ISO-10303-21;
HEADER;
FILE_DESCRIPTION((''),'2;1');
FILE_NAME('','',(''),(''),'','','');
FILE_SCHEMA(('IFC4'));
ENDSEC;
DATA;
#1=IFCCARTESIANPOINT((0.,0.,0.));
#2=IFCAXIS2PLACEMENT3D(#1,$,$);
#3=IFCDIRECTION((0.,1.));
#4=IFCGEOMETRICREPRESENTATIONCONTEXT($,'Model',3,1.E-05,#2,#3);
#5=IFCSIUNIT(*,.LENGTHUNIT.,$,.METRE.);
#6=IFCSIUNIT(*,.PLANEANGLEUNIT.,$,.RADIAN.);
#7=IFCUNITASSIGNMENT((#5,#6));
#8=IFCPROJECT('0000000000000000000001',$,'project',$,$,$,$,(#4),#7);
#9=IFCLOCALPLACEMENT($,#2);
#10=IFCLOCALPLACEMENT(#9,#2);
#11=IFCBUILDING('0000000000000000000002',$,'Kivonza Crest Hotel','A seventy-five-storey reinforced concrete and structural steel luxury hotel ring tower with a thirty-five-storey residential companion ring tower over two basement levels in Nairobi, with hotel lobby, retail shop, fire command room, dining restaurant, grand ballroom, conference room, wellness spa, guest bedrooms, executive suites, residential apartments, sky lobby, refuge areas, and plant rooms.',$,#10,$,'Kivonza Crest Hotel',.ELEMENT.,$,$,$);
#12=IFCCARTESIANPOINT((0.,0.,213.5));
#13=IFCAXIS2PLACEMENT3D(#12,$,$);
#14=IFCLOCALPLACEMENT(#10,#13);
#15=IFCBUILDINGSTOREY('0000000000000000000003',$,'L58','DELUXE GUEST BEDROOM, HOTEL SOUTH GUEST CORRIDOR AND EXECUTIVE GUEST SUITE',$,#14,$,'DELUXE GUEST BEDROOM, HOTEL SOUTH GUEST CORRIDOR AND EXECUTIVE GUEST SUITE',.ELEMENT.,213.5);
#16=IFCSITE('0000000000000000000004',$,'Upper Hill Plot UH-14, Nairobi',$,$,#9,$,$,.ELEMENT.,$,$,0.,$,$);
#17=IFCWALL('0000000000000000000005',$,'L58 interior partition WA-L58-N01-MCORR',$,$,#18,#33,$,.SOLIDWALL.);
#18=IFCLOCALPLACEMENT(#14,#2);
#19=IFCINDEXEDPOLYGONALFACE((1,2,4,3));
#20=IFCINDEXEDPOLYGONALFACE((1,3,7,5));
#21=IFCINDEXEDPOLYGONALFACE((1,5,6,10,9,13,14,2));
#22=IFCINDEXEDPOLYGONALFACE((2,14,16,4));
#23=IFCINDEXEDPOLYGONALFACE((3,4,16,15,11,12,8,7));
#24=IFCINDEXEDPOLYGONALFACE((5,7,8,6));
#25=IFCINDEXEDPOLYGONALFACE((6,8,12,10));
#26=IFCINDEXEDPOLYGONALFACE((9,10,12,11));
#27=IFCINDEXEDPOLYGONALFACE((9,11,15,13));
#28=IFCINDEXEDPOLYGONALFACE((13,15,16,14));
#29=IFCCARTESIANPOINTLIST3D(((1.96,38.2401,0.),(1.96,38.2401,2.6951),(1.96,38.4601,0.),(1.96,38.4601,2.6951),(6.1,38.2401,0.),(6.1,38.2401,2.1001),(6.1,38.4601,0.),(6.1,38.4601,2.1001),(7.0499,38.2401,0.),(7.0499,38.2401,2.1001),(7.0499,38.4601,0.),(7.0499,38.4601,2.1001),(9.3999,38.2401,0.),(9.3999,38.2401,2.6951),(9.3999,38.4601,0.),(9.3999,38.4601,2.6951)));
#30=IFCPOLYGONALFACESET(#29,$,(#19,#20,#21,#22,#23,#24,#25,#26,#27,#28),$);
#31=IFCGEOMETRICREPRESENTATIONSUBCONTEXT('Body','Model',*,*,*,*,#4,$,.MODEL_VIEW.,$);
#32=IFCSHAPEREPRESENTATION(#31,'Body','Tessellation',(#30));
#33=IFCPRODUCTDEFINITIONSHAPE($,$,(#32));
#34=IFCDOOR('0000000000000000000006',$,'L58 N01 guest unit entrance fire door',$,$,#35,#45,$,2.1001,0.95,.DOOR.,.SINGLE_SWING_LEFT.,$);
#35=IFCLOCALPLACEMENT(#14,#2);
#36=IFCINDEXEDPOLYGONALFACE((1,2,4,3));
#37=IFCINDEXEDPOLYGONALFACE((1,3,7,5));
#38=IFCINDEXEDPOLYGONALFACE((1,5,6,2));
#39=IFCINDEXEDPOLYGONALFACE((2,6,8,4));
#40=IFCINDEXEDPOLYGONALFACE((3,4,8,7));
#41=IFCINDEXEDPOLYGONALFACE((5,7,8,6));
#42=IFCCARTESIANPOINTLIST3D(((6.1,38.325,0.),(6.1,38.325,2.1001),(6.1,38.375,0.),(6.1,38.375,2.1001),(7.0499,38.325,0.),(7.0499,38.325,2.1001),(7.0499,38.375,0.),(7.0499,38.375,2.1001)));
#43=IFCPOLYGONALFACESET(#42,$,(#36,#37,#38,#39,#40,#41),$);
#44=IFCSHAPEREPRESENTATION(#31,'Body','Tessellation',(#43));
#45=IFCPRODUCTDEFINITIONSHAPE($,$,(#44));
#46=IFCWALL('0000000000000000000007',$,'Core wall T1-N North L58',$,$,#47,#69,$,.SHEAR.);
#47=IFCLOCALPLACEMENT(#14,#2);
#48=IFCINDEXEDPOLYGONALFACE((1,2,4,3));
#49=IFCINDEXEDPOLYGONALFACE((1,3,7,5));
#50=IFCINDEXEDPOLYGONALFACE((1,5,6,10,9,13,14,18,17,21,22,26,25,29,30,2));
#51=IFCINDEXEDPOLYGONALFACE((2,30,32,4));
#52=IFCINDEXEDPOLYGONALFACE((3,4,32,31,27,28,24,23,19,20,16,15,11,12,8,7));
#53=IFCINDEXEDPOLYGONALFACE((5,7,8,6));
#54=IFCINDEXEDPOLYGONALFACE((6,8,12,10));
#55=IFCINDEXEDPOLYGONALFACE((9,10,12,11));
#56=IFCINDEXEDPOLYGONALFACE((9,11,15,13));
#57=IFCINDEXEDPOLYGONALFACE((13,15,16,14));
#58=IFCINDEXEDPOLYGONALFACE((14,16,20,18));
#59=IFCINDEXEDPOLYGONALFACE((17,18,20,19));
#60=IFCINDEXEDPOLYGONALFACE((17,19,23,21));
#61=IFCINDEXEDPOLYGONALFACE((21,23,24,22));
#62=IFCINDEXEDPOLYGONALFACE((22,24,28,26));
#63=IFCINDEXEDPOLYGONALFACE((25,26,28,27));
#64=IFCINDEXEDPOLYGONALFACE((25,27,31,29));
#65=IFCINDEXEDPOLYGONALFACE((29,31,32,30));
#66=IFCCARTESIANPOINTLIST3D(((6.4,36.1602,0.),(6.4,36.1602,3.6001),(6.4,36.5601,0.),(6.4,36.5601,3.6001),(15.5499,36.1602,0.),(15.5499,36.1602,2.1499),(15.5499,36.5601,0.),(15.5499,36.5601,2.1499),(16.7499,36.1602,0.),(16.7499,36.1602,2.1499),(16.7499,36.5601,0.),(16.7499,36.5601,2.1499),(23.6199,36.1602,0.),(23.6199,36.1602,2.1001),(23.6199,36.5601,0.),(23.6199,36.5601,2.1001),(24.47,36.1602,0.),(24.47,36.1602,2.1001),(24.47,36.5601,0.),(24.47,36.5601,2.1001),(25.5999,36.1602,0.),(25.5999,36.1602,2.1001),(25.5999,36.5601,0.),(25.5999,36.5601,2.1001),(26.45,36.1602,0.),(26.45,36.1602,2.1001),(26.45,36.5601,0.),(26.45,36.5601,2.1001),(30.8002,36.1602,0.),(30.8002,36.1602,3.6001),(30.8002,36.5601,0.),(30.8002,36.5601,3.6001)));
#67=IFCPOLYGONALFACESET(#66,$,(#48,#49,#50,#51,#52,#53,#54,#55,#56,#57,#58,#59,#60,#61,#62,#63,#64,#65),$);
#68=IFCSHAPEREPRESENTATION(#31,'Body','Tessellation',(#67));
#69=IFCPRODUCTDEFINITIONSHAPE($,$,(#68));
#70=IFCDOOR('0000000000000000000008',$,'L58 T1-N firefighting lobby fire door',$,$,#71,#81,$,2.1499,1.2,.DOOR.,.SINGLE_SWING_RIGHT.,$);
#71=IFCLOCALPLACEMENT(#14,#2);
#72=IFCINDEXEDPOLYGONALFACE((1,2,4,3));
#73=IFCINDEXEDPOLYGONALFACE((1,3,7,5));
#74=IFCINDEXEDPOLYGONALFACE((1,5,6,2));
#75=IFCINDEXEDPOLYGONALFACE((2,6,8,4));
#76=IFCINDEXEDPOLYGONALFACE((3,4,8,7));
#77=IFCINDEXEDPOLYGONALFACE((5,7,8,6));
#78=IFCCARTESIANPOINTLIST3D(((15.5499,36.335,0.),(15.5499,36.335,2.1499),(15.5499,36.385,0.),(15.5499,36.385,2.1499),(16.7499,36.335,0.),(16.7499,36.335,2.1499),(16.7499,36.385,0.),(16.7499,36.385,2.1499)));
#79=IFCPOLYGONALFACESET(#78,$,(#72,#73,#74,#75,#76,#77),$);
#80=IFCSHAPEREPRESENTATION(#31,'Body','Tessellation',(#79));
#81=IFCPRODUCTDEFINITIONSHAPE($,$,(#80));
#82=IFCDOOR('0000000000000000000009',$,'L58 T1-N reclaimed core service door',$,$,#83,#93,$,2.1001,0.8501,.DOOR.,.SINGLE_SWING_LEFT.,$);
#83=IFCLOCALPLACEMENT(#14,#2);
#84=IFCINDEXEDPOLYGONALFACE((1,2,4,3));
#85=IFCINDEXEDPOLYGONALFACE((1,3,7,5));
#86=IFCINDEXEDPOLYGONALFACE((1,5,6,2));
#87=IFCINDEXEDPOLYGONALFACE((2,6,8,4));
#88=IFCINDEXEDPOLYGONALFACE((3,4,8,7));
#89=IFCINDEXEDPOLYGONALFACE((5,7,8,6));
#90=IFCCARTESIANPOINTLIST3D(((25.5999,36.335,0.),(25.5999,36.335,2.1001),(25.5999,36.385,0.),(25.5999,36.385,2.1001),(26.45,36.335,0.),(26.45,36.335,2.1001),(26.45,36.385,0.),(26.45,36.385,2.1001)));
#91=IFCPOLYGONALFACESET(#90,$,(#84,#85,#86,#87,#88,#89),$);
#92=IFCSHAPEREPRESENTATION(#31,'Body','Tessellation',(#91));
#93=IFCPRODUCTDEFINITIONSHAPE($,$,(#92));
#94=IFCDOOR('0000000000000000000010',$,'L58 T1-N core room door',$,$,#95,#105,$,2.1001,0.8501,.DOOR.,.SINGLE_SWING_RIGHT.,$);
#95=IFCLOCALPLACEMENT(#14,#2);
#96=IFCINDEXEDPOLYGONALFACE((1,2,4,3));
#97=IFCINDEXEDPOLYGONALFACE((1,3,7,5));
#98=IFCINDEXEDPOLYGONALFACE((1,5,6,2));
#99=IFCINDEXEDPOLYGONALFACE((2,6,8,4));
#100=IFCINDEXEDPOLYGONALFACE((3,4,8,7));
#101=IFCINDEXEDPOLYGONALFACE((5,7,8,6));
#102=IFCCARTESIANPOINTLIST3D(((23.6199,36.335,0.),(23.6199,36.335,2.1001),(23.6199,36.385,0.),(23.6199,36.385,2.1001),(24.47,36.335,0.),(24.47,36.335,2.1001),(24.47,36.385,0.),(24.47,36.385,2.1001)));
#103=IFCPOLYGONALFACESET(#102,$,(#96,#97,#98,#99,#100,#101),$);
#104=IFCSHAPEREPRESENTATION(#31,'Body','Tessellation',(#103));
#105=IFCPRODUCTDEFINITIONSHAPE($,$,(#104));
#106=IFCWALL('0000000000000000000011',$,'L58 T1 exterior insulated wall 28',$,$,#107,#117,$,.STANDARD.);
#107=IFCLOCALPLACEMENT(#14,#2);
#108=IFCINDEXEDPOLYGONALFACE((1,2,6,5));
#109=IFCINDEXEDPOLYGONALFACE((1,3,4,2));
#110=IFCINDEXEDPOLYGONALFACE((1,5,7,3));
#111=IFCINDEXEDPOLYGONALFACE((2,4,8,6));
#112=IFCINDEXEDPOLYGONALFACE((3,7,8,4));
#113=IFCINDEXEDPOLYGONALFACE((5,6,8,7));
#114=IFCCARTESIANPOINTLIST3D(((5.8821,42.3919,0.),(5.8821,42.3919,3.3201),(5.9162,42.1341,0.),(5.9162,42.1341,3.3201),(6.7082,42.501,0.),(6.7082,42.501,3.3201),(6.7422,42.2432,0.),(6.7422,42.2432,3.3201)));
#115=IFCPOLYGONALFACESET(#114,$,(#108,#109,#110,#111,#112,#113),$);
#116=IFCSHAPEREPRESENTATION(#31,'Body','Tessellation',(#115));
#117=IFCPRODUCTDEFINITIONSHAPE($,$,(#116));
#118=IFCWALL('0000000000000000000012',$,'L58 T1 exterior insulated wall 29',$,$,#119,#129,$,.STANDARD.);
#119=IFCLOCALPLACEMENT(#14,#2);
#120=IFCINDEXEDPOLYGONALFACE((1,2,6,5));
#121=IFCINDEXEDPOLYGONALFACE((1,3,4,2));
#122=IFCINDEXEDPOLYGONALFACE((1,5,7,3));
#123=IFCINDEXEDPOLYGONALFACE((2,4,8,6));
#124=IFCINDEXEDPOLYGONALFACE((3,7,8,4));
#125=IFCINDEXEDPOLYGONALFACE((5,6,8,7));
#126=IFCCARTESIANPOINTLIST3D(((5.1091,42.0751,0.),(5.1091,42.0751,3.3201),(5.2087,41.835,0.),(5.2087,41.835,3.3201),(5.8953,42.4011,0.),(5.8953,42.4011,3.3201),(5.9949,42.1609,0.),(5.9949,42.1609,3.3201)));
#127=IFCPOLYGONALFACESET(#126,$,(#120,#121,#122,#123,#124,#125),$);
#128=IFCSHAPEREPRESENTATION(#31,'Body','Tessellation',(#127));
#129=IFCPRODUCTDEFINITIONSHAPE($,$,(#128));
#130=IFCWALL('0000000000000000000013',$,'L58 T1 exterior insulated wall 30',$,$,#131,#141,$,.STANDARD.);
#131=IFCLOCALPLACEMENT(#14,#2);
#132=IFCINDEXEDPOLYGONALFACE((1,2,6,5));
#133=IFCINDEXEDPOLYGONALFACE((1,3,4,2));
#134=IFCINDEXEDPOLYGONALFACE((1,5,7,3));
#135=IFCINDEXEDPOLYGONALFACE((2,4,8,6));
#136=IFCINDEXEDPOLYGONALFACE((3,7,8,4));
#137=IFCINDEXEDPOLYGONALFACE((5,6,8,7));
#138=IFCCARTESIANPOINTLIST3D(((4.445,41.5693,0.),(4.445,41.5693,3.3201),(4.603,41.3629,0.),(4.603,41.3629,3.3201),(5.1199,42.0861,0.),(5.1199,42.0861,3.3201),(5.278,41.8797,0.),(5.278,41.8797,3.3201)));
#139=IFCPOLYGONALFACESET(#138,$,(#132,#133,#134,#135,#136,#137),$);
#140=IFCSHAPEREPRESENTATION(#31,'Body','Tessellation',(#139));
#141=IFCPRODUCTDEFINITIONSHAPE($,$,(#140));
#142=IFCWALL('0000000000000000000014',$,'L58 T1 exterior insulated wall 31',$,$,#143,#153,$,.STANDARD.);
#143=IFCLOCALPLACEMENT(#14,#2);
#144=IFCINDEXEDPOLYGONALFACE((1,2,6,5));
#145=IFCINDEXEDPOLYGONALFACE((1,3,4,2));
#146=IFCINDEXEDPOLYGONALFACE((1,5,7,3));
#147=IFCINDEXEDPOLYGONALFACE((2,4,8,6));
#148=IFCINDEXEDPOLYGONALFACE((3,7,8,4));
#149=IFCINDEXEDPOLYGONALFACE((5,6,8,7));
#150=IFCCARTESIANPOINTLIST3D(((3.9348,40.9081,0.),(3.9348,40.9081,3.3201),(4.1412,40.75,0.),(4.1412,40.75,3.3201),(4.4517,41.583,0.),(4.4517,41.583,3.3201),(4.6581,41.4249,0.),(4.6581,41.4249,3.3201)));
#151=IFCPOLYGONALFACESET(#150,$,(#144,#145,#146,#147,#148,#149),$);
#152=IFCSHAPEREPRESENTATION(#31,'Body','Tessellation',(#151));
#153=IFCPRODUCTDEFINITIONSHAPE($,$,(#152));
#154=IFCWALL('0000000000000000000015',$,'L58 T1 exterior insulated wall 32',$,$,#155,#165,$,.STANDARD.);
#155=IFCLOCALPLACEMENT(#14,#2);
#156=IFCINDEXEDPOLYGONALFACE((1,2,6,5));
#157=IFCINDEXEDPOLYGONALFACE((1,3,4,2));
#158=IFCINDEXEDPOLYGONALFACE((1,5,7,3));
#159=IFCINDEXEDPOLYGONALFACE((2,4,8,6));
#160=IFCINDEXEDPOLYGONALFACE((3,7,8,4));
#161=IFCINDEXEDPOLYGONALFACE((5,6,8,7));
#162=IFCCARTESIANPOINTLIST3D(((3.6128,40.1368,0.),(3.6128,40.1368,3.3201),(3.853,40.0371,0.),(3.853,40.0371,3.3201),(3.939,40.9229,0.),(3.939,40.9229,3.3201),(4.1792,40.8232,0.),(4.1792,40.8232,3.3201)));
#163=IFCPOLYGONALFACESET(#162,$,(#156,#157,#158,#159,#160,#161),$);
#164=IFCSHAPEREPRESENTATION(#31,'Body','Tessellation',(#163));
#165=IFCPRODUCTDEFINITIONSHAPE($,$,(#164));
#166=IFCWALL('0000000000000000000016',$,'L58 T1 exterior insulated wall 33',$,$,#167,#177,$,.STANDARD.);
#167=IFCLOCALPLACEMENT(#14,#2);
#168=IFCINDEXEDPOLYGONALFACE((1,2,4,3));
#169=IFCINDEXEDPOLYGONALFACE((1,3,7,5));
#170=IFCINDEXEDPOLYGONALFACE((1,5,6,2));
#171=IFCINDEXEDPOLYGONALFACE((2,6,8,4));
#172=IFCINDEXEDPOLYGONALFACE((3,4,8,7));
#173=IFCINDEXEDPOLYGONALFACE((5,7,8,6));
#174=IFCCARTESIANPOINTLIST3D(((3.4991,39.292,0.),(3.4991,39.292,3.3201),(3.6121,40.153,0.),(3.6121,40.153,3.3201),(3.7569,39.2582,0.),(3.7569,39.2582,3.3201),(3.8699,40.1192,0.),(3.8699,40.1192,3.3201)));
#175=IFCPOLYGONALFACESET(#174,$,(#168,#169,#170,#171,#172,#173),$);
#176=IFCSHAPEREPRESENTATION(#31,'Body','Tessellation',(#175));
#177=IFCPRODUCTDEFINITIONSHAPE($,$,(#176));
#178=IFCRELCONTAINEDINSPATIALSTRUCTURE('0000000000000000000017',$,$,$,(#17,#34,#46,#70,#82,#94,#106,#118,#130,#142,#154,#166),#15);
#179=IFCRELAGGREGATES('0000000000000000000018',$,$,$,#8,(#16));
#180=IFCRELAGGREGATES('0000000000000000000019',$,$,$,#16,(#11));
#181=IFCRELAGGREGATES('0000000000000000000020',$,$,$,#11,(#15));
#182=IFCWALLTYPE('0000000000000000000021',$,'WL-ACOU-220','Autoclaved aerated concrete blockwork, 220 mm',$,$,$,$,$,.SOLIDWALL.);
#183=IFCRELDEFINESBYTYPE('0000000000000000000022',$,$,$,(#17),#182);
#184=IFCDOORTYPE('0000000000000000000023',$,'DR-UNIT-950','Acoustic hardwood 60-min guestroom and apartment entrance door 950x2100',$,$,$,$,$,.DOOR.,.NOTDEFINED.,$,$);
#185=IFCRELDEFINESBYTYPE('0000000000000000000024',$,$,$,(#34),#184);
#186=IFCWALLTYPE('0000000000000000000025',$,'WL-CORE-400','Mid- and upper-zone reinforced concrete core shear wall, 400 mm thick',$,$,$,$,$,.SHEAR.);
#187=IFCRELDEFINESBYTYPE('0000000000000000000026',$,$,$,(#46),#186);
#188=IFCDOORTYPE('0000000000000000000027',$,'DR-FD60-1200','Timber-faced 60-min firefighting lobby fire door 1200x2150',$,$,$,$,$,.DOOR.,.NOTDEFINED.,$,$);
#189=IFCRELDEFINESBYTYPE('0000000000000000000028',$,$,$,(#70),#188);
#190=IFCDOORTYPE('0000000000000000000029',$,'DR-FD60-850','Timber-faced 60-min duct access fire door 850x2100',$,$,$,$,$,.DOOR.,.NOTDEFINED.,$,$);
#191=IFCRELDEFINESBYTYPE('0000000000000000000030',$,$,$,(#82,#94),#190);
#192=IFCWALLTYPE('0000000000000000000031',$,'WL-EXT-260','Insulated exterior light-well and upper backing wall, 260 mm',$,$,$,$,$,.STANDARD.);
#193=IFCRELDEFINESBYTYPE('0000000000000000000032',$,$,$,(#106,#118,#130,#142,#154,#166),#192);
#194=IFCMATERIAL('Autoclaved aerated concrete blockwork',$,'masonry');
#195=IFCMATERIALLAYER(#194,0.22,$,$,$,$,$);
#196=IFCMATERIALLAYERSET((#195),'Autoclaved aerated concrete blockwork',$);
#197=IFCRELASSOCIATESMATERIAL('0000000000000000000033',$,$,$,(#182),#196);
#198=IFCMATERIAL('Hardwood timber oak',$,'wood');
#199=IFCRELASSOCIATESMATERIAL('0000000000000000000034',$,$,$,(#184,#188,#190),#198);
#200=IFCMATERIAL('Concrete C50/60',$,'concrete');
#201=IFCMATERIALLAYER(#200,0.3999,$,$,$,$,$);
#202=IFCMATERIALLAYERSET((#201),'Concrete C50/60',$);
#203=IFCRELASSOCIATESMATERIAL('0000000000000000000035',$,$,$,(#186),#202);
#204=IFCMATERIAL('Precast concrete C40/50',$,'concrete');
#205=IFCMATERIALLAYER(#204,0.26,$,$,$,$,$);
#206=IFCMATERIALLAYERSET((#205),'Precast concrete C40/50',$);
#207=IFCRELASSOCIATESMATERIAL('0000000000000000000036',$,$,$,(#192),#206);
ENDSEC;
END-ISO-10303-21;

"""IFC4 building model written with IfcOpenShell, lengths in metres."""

from ifc_helpers import new_model, si_unit, direction, frame, frame_2d, origin, place, context, subcontext, project, spatial, rectangle, extrude, material, layer, layer_set, type_object, element, fill, save


model = new_model("IFC4")

# Units and contexts
model_context = context("Model", 3, precision=1e-05, world=origin(), true_north=direction((0.0, 1.0)))
body_context = subcontext(model_context, "Body", "Model", "MODEL_VIEW")
ifc_project = project(units=[si_unit("LENGTHUNIT", "METRE"), si_unit("PLANEANGLEUNIT", "RADIAN")], contexts=[model_context])

# Site, building, storey
site_placement = place(None, origin())
site = spatial("IfcSite", under=ifc_project, at=site_placement, Name="Upper Hill Plot UH-14, Nairobi", CompositionType="ELEMENT", RefElevation=0.0)
building_placement = place(site_placement, origin())
building = spatial("IfcBuilding", under=site, at=building_placement, Name="Kivonza Crest Hotel", Description="A seventy-five-storey reinforced concrete and structural steel luxury hotel ring tower with a thirty-five-storey residential companion ring tower over two basement levels in Nairobi, with hotel lobby, retail shop, fire command room, dining restaurant, grand ballroom, conference room, wellness spa, guest bedrooms, executive suites, residential apartments, sky lobby, refuge areas, and plant rooms.", LongName="Kivonza Crest Hotel", CompositionType="ELEMENT")
storey_placement = place(building_placement, frame((0.0, 0.0, 213.5)))
storey = spatial("IfcBuildingStorey", under=building, at=storey_placement, Name="L58", Description="DELUXE GUEST BEDROOM, HOTEL SOUTH GUEST CORRIDOR AND EXECUTIVE GUEST SUITE", LongName="DELUXE GUEST BEDROOM, HOTEL SOUTH GUEST CORRIDOR AND EXECUTIVE GUEST SUITE", CompositionType="ELEMENT", Elevation=213.5)

# Shared definitions
ifc_material_1 = material(Name="Concrete C50/60", Category="concrete")

# Shared definitions
ifc_material_2 = material(Name="Autoclaved aerated concrete blockwork", Category="masonry")
ifc_layer_1 = layer(ifc_material_2, 0.22)
ifc_layer_set_1 = layer_set([ifc_layer_1], Name="Autoclaved aerated concrete blockwork")
wall_type_1 = type_object("IfcWallType", Name="WL-ACOU-220", Description="Autoclaved aerated concrete blockwork, 220 mm", PredefinedType="SOLIDWALL", material=ifc_layer_set_1)

# Wall, opening, door
wall_1_placement = place(storey_placement, frame((1.96, 38.3501, 0.0), z_axis=(0.0, 0.0, 1.0), x_axis=(1.0, 0.0, 0.0)))
wall_1 = element("IfcWall", 1, at=wall_1_placement, inside=storey, type_object=wall_type_1, Name="L58 interior partition WA-L58-N01-MCORR", PredefinedType="SOLIDWALL", context=body_context, shape_type="SweptSolid", body=[
    extrude(rectangle(XDim=7.4399, YDim=0.22, at=frame_2d((3.72, 0.0))), origin(), (0.0, 0.0, 1.0), 2.6951),
])
opening_1_placement = place(wall_1_placement, frame((4.1399, 0.0, 0.0)))
opening_1 = element("IfcOpeningElement", 2, at=opening_1_placement, cuts=wall_1, PredefinedType="OPENING", context=body_context, shape_type="SweptSolid", body=[
    extrude(rectangle(XDim=0.95, YDim=2.1001, at=frame_2d((0.4751, 1.05))), frame((0.0, 0.1201, 0.0), z_axis=(0.0, -1.0, 0.0), x_axis=(1.0, 0.0, 0.0)), (0.0, 0.0, 1.0), 0.24),
])
ifc_material_3 = material(Name="Hardwood timber oak", Category="wood")
door_type_1 = type_object("IfcDoorType", Name="DR-UNIT-950", Description="Acoustic hardwood 60-min guestroom and apartment entrance door 950x2100", OperationType="NOTDEFINED", PredefinedType="DOOR", material=ifc_material_3)
door_1_placement = place(opening_1_placement, origin())
door_1 = element("IfcDoor", 3, at=door_1_placement, inside=storey, type_object=door_type_1, Name="L58 N01 guest unit entrance fire door", OperationType="SINGLE_SWING_LEFT", OverallHeight=2.1001, OverallWidth=0.95, PredefinedType="DOOR", context=body_context, shape_type="SweptSolid", body=[
    extrude(rectangle(XDim=0.95, YDim=2.1001, at=frame_2d((0.4751, 1.05))), frame((0.0, 0.0249, 0.0), z_axis=(0.0, -1.0, 0.0), x_axis=(1.0, 0.0, 0.0)), (0.0, 0.0, 1.0), 0.05),
])
fill(opening_1, door_1)

# Wall, openings, doors
ifc_layer_2 = layer(ifc_material_1, 0.3999)
ifc_layer_set_2 = layer_set([ifc_layer_2], Name="Concrete C50/60")
wall_type_2 = type_object("IfcWallType", Name="WL-CORE-400", Description="Mid- and upper-zone reinforced concrete core shear wall, 400 mm thick", PredefinedType="SHEAR", material=ifc_layer_set_2)
wall_2_placement = place(storey_placement, frame((6.3999, 36.3601, 0.0), z_axis=(0.0, 0.0, 1.0), x_axis=(1.0, 0.0, 0.0)))
wall_2 = element("IfcWall", 4, at=wall_2_placement, inside=storey, type_object=wall_type_2, Name="Core wall T1-N North L58", PredefinedType="SHEAR", context=body_context, shape_type="SweptSolid", body=[
    extrude(rectangle(XDim=24.4001, YDim=0.3999, at=frame_2d((12.2002, 0.0))), origin(), (0.0, 0.0, 1.0), 3.6001),
])
opening_2_placement = place(wall_2_placement, frame((9.1499, 0.0, 0.0)))
opening_2 = element("IfcOpeningElement", 5, at=opening_2_placement, cuts=wall_2, PredefinedType="OPENING", context=body_context, shape_type="SweptSolid", body=[
    extrude(rectangle(XDim=1.2, YDim=2.1499, at=frame_2d((0.6001, 1.075))), frame((0.0, 0.21, 0.0), z_axis=(0.0, -1.0, 0.0), x_axis=(1.0, 0.0, 0.0)), (0.0, 0.0, 1.0), 0.4199),
])
opening_3_placement = place(wall_2_placement, frame((19.2, 0.0, 0.0)))
opening_3 = element("IfcOpeningElement", 6, at=opening_3_placement, cuts=wall_2, PredefinedType="OPENING", context=body_context, shape_type="SweptSolid", body=[
    extrude(rectangle(XDim=0.8501, YDim=2.1001, at=frame_2d((0.425, 1.05))), frame((0.0, 0.21, 0.0), z_axis=(0.0, -1.0, 0.0), x_axis=(1.0, 0.0, 0.0)), (0.0, 0.0, 1.0), 0.4199),
])
opening_4_placement = place(wall_2_placement, frame((17.22, 0.0, 0.0)))
opening_4 = element("IfcOpeningElement", 7, at=opening_4_placement, cuts=wall_2, PredefinedType="OPENING", context=body_context, shape_type="SweptSolid", body=[
    extrude(rectangle(XDim=0.8501, YDim=2.1001, at=frame_2d((0.425, 1.05))), frame((0.0, 0.21, 0.0), z_axis=(0.0, -1.0, 0.0), x_axis=(1.0, 0.0, 0.0)), (0.0, 0.0, 1.0), 0.4199),
])
door_type_2 = type_object("IfcDoorType", Name="DR-FD60-1200", Description="Timber-faced 60-min firefighting lobby fire door 1200x2150", OperationType="NOTDEFINED", PredefinedType="DOOR", material=ifc_material_3)
door_2_placement = place(opening_2_placement, origin())
door_2 = element("IfcDoor", 8, at=door_2_placement, inside=storey, type_object=door_type_2, Name="L58 T1-N firefighting lobby fire door", OperationType="SINGLE_SWING_RIGHT", OverallHeight=2.1499, OverallWidth=1.2, PredefinedType="DOOR", context=body_context, shape_type="SweptSolid", body=[
    extrude(rectangle(XDim=1.2, YDim=2.1499, at=frame_2d((0.6001, 1.075))), frame((0.0, 0.0249, 0.0), z_axis=(0.0, -1.0, 0.0), x_axis=(1.0, 0.0, 0.0)), (0.0, 0.0, 1.0), 0.05),
])
fill(opening_2, door_2)
door_type_3 = type_object("IfcDoorType", Name="DR-FD60-850", Description="Timber-faced 60-min duct access fire door 850x2100", OperationType="NOTDEFINED", PredefinedType="DOOR", material=ifc_material_3)
door_3_placement = place(opening_3_placement, origin())
door_3 = element("IfcDoor", 9, at=door_3_placement, inside=storey, type_object=door_type_3, Name="L58 T1-N reclaimed core service door", OperationType="SINGLE_SWING_LEFT", OverallHeight=2.1001, OverallWidth=0.8501, PredefinedType="DOOR", context=body_context, shape_type="SweptSolid", body=[
    extrude(rectangle(XDim=0.8501, YDim=2.1001, at=frame_2d((0.425, 1.05))), frame((0.0, 0.0249, 0.0), z_axis=(0.0, -1.0, 0.0), x_axis=(1.0, 0.0, 0.0)), (0.0, 0.0, 1.0), 0.05),
])
fill(opening_3, door_3)
door_4_placement = place(opening_4_placement, origin())
door_4 = element("IfcDoor", 10, at=door_4_placement, inside=storey, type_object=door_type_3, Name="L58 T1-N core room door", OperationType="SINGLE_SWING_RIGHT", OverallHeight=2.1001, OverallWidth=0.8501, PredefinedType="DOOR", context=body_context, shape_type="SweptSolid", body=[
    extrude(rectangle(XDim=0.8501, YDim=2.1001, at=frame_2d((0.425, 1.05))), frame((0.0, 0.0249, 0.0), z_axis=(0.0, -1.0, 0.0), x_axis=(1.0, 0.0, 0.0)), (0.0, 0.0, 1.0), 0.05),
])
fill(opening_4, door_4)

# Walls
ifc_material_4 = material(Name="Precast concrete C40/50", Category="concrete")
ifc_layer_3 = layer(ifc_material_4, 0.26)
ifc_layer_set_3 = layer_set([ifc_layer_3], Name="Precast concrete C40/50")
wall_type_3 = type_object("IfcWallType", Name="WL-EXT-260", Description="Insulated exterior light-well and upper backing wall, 260 mm", PredefinedType="STANDARD", material=ifc_layer_set_3)
wall_3_placement = place(storey_placement, frame((6.7251, 42.3721, 0.0), z_axis=(0.0, 0.0, 1.0), x_axis=(-0.991388, -0.130955, 0.0)))
element("IfcWall", 11, at=wall_3_placement, inside=storey, type_object=wall_type_3, Name="L58 T1 exterior insulated wall 28", PredefinedType="STANDARD", context=body_context, shape_type="SweptSolid", body=[
    extrude(rectangle(XDim=0.8333, YDim=0.26, at=frame_2d((0.4165, 0.0))), origin(), (0.0, 0.0, 1.0), 3.3201),
])
wall_4_placement = place(storey_placement, frame((5.9451, 42.281, 0.0), z_axis=(0.0, 0.0, 1.0), x_axis=(-0.923754, -0.382985, 0.0)))
element("IfcWall", 12, at=wall_4_placement, inside=storey, type_object=wall_type_3, Name="L58 T1 exterior insulated wall 29", PredefinedType="STANDARD", context=body_context, shape_type="SweptSolid", body=[
    extrude(rectangle(XDim=0.8511, YDim=0.26, at=frame_2d((0.4255, 0.0))), origin(), (0.0, 0.0, 1.0), 3.3201),
])
for number, where, z_axis, x_axis, name in (
    (13, (5.199, 41.9829, 0.0), (0.0, 0.0, 1.0), (-0.793999, -0.607919, 0.0), "L58 T1 exterior insulated wall 30"),
    (14, (4.5549, 41.5039, 0.0), (0.0, 0.0, 1.0), (-0.608058, -0.793893, 0.0), "L58 T1 exterior insulated wall 31"),
):
    element("IfcWall", number, at=place(storey_placement, frame(where, z_axis=z_axis, x_axis=x_axis)), inside=storey, type_object=wall_type_3, Name=name, PredefinedType="STANDARD", context=body_context, shape_type="SweptSolid", body=[
        extrude(rectangle(XDim=0.8501, YDim=0.26, at=frame_2d((0.425, 0.0))), origin(), (0.0, 0.0, 1.0), 3.3201),
    ])
wall_5_placement = place(storey_placement, frame((4.0591, 40.873, 0.0), z_axis=(0.0, 0.0, 1.0), x_axis=(-0.38323, -0.923653, 0.0)))
element("IfcWall", 15, at=wall_5_placement, inside=storey, type_object=wall_type_3, Name="L58 T1 exterior insulated wall 32", PredefinedType="STANDARD", context=body_context, shape_type="SweptSolid", body=[
    extrude(rectangle(XDim=0.8511, YDim=0.26, at=frame_2d((0.4255, 0.0))), origin(), (0.0, 0.0, 1.0), 3.3201),
])
wall_6_placement = place(storey_placement, frame((3.741, 40.136, 0.0), z_axis=(0.0, 0.0, 1.0), x_axis=(-0.130156, -0.991493, 0.0)))
element("IfcWall", 16, at=wall_6_placement, inside=storey, type_object=wall_type_3, Name="L58 T1 exterior insulated wall 33", PredefinedType="STANDARD", context=body_context, shape_type="SweptSolid", body=[
    extrude(rectangle(XDim=0.8684, YDim=0.26, at=frame_2d((0.4341, 0.0))), origin(), (0.0, 0.0, 1.0), 3.3201),
])

save(model, "model.ifc")
